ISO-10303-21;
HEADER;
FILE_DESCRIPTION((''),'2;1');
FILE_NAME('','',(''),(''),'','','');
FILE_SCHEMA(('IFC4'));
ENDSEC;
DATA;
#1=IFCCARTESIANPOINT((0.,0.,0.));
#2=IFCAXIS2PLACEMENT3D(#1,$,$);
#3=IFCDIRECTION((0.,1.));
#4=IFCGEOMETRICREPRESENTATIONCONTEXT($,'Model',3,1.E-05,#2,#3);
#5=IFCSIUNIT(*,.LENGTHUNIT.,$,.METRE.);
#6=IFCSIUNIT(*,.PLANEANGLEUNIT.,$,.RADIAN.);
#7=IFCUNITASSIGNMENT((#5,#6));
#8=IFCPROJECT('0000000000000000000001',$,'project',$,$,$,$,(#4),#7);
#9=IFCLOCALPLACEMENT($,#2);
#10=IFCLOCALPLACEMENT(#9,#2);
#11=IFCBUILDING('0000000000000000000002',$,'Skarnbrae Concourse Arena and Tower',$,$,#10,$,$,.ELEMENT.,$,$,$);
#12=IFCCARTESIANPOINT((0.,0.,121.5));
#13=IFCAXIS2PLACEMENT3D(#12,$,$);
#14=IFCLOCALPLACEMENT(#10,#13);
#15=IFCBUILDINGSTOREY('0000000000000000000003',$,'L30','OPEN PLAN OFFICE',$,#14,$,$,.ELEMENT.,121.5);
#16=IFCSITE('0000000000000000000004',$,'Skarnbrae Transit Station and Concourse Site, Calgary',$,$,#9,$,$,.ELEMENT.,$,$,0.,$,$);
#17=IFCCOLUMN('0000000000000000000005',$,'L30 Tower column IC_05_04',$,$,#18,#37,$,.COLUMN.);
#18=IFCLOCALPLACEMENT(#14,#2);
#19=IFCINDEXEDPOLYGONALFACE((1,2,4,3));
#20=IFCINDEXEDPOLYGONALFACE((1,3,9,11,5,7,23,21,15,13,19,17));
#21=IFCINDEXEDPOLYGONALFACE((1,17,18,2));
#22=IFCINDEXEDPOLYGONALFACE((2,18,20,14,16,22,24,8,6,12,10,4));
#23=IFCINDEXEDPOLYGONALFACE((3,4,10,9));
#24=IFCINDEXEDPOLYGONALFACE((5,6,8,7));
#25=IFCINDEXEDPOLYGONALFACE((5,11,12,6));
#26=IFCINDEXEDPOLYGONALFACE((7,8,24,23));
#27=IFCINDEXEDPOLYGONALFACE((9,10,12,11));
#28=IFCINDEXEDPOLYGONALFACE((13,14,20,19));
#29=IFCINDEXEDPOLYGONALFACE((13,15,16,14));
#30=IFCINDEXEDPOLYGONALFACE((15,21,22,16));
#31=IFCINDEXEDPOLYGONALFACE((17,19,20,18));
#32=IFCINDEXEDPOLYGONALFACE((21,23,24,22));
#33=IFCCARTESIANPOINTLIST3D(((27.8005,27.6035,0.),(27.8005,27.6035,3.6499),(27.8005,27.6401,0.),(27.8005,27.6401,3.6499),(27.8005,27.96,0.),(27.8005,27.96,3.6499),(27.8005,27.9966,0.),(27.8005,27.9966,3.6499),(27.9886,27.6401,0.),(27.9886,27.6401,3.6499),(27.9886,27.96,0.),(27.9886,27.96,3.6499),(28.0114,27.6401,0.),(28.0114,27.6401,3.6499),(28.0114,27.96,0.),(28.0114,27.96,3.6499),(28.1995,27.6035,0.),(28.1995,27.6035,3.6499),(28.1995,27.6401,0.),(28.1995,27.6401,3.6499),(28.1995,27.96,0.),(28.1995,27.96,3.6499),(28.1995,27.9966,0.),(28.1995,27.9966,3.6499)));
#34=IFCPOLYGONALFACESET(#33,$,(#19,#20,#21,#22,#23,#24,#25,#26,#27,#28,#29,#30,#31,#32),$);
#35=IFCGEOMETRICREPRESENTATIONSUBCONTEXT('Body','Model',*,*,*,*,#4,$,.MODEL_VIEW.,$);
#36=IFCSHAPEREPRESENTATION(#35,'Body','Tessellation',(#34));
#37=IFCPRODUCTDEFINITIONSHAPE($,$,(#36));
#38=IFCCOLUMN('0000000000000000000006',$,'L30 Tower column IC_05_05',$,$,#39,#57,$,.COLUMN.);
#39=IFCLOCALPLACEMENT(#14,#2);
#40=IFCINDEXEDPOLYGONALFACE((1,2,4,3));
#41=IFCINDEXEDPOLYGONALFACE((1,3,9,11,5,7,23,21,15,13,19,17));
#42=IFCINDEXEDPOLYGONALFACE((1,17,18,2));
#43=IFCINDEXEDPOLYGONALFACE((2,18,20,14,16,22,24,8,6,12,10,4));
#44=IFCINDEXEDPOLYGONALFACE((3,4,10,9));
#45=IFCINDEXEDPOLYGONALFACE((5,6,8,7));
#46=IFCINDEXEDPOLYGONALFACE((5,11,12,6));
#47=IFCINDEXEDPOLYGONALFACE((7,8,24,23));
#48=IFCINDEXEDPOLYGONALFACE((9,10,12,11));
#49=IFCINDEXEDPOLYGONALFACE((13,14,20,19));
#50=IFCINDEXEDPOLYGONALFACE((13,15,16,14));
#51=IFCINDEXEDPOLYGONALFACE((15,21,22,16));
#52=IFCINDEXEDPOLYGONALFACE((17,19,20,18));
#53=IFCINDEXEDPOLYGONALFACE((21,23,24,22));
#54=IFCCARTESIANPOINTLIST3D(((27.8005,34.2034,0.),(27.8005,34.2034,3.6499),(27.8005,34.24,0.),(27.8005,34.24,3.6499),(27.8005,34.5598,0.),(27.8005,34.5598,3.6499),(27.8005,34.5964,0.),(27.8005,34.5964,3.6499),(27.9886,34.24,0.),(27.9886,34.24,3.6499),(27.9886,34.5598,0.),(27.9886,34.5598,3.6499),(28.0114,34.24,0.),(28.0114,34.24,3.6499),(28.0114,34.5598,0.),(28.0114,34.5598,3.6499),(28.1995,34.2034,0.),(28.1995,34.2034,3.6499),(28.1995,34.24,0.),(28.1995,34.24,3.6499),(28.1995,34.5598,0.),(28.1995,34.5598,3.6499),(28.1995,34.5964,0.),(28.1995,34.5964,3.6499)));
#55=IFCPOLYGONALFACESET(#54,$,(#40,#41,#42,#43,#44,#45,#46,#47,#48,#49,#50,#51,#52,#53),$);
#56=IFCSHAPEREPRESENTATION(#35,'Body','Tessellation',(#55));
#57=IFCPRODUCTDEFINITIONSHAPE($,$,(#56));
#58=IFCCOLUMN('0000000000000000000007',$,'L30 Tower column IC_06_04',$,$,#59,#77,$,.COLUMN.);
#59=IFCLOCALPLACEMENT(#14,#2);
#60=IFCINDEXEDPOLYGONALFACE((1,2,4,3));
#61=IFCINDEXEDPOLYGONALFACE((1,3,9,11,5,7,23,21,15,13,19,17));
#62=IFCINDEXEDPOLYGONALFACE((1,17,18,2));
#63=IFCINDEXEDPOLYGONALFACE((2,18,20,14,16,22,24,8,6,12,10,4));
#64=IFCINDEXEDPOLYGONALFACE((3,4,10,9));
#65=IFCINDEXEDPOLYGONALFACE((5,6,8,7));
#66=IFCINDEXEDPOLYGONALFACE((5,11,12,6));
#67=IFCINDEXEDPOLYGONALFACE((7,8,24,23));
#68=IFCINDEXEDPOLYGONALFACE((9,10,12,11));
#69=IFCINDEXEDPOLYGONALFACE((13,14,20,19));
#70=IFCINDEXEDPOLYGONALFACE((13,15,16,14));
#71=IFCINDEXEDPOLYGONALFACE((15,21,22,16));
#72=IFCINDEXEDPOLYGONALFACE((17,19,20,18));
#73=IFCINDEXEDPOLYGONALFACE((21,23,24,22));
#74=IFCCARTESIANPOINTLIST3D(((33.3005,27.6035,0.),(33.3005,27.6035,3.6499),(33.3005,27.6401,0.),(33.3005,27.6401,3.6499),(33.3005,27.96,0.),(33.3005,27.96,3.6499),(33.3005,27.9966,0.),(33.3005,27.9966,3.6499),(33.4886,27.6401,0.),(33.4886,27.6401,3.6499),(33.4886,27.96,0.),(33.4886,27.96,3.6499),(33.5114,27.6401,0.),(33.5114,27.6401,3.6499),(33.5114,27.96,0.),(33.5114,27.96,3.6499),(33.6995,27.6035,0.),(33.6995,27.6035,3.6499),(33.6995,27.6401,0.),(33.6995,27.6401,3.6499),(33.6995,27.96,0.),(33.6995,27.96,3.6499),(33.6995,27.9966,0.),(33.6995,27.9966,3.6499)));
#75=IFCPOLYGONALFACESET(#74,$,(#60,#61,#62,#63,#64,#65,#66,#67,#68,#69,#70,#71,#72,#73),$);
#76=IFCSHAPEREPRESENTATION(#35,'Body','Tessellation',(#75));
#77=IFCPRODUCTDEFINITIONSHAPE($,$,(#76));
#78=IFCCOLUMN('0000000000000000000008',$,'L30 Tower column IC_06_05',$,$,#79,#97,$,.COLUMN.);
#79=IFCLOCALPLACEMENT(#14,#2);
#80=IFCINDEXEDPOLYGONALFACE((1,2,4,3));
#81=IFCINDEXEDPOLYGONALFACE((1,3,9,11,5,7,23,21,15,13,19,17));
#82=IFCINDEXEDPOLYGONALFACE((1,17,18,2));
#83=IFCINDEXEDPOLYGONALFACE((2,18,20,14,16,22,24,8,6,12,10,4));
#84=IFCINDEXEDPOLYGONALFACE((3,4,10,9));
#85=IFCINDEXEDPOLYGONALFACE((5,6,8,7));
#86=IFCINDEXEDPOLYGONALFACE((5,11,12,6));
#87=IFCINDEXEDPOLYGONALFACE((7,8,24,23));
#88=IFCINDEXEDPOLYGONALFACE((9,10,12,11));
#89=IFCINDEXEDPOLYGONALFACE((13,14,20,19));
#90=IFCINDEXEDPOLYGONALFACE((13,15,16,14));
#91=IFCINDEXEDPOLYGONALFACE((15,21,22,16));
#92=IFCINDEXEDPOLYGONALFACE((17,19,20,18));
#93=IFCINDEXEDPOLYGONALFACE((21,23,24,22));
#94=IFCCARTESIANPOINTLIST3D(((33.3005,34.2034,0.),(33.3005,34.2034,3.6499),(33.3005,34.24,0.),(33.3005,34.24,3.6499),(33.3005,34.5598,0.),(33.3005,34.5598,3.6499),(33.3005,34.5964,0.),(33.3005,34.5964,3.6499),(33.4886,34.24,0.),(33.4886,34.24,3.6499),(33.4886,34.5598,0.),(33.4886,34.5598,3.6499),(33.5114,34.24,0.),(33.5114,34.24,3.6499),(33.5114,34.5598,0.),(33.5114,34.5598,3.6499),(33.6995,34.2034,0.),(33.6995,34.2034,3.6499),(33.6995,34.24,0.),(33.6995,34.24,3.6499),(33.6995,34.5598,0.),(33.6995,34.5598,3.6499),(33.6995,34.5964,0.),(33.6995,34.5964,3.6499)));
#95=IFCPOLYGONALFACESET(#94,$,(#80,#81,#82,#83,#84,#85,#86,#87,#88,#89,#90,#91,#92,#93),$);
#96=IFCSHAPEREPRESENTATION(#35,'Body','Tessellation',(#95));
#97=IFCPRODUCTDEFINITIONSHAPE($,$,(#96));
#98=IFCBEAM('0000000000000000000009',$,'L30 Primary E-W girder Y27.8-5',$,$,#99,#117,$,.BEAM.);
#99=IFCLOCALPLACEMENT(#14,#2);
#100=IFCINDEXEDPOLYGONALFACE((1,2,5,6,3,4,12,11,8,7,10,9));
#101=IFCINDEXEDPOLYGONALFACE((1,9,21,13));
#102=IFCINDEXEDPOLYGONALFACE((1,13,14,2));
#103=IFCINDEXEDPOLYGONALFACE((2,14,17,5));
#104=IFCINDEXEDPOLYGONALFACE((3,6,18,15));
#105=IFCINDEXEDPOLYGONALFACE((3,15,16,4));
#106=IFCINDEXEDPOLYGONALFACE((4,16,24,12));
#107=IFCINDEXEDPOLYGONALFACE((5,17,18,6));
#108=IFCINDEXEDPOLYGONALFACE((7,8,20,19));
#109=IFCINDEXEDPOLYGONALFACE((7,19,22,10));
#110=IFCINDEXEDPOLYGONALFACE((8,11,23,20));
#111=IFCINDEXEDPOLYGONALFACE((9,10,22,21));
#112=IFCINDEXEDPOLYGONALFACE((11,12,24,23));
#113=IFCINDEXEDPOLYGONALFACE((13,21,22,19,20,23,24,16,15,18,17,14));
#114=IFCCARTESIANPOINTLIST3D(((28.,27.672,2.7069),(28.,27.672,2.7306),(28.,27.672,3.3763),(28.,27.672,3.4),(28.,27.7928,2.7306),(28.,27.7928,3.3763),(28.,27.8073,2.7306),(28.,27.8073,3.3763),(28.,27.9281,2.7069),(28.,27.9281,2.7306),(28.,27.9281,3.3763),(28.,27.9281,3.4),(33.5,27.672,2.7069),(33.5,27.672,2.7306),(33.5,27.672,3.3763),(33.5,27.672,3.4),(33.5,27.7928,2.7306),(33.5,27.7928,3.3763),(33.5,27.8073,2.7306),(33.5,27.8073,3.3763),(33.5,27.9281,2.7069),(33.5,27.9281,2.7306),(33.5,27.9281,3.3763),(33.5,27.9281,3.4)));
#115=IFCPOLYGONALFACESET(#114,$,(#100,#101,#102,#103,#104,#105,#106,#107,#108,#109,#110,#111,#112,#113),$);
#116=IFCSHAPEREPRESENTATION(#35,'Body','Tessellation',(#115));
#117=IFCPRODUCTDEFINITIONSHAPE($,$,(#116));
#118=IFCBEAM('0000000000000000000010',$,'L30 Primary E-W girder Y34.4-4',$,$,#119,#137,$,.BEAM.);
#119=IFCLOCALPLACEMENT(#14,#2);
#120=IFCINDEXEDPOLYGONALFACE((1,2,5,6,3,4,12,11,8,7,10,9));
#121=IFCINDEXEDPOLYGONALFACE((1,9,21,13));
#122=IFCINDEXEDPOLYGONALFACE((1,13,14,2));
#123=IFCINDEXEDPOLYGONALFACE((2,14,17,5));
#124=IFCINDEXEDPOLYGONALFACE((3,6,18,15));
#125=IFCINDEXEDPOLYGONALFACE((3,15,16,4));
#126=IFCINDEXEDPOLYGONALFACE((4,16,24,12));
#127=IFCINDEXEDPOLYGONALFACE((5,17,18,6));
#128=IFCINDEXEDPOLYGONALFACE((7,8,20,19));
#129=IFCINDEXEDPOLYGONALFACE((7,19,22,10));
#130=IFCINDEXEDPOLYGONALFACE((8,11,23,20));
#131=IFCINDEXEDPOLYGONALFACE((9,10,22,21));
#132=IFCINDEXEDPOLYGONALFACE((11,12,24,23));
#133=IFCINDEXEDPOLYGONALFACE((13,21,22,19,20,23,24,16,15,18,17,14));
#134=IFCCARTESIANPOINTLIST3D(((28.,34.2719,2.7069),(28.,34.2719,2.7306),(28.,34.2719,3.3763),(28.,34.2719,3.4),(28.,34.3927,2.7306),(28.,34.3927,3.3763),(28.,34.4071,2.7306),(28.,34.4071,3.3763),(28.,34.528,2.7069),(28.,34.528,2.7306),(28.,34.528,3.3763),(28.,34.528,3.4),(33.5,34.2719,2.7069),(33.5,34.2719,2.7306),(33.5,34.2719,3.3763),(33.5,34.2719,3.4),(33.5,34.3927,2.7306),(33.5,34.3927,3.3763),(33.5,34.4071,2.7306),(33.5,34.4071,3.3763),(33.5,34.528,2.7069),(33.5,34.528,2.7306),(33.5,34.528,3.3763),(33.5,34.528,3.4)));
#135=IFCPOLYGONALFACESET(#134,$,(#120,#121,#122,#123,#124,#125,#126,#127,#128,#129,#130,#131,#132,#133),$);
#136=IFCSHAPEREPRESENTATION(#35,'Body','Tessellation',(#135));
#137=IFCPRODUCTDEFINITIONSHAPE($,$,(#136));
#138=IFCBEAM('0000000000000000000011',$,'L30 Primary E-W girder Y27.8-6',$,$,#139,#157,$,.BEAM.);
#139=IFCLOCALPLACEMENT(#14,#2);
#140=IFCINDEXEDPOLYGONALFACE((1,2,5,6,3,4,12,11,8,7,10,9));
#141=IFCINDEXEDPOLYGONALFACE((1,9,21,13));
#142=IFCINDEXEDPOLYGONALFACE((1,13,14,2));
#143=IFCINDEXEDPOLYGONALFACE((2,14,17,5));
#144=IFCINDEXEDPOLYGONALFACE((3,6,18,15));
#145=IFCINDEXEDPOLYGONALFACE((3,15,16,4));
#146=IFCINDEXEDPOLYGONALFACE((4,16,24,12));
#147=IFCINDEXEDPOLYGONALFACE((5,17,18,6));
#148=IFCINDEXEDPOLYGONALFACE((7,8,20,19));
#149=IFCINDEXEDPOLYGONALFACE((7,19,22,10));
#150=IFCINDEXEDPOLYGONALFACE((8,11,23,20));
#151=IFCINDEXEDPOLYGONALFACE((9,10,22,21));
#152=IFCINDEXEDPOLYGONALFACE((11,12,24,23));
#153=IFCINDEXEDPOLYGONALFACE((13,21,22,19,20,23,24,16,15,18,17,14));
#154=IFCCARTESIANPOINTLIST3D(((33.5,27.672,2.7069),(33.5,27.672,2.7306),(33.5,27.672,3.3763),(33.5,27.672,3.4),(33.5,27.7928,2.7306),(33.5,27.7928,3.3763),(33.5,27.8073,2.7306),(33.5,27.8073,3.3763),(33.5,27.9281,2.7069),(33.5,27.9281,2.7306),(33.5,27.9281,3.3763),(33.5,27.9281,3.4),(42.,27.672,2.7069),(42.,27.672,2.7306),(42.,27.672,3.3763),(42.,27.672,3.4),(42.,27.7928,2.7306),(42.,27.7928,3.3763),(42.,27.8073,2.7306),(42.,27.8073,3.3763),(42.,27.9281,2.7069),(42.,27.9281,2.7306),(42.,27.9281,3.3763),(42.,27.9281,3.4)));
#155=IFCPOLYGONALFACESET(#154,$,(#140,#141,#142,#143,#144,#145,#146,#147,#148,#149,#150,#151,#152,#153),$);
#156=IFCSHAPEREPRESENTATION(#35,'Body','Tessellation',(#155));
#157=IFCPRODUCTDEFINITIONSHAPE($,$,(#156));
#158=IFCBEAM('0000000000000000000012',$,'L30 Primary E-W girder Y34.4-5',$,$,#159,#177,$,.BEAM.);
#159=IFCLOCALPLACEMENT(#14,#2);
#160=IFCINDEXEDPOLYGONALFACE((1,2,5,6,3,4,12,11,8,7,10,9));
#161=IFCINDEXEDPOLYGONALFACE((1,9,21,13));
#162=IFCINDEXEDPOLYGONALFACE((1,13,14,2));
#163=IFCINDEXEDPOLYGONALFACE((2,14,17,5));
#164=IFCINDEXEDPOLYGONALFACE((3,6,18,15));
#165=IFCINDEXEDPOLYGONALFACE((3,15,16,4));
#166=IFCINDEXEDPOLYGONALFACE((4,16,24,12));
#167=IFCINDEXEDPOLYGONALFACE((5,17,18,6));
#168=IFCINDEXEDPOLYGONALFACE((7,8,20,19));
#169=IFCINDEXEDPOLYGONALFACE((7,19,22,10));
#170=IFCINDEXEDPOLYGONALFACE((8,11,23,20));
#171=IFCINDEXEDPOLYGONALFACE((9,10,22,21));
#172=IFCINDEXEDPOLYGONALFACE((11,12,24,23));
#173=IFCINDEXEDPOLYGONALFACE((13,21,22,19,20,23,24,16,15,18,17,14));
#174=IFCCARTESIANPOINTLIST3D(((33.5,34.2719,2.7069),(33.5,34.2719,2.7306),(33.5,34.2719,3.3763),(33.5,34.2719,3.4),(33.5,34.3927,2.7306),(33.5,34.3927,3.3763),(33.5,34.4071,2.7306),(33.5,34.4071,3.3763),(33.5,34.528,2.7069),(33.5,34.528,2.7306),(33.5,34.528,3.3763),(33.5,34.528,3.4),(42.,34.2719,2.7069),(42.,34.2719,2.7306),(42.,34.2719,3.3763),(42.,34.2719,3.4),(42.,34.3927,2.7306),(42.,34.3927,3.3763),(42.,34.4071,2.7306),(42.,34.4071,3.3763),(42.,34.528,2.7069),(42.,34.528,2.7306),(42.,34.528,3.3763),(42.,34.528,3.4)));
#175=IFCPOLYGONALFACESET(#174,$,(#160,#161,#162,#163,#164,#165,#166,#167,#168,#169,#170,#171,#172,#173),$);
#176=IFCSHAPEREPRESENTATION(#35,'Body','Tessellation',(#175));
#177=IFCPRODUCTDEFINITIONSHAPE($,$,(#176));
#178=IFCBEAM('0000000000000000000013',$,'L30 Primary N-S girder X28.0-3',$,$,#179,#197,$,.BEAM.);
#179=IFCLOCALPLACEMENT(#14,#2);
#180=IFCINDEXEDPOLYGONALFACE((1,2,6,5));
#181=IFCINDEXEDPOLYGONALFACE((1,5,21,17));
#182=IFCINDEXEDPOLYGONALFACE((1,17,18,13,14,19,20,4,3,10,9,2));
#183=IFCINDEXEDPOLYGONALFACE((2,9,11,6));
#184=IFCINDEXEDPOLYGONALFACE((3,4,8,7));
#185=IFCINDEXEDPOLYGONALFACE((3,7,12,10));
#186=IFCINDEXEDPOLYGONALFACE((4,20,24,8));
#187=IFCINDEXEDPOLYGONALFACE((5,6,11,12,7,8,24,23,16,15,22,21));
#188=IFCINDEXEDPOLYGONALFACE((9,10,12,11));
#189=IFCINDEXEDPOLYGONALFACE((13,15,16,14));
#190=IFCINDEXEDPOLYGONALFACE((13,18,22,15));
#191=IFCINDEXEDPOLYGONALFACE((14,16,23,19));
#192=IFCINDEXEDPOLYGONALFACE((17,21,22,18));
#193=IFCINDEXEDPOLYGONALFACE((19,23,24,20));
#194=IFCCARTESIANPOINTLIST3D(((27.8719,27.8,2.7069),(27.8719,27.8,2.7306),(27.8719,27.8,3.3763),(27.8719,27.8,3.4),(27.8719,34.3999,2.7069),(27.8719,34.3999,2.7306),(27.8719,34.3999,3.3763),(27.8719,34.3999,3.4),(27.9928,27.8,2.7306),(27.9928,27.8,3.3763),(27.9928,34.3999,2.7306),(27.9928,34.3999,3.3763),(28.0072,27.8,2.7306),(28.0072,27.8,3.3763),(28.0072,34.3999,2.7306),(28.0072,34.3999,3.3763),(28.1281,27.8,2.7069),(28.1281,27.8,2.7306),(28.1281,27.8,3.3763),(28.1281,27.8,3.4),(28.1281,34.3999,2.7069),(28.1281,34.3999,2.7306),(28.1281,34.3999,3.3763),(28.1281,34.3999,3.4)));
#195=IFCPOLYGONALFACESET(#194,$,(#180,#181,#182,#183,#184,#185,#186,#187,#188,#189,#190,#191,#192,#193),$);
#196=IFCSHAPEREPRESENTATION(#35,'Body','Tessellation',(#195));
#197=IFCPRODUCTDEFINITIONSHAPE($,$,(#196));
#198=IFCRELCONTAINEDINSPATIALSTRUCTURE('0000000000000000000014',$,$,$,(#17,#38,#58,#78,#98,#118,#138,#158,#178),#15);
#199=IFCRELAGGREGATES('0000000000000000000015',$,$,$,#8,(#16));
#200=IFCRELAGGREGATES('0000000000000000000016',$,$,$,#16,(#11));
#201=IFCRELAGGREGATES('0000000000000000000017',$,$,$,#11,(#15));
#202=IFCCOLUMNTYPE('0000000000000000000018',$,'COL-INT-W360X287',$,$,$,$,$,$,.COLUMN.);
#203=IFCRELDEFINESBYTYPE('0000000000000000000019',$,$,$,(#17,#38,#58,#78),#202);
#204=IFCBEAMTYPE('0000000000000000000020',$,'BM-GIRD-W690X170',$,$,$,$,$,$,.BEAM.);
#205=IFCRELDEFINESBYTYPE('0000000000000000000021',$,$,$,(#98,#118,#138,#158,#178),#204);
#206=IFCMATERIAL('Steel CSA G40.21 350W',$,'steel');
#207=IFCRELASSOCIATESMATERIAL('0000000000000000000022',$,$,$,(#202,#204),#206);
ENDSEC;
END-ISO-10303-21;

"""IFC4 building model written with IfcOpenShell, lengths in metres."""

from ifc_helpers import new_model, si_unit, direction, frame, origin, origin_2d, place, context, subcontext, project, spatial, i_section, extrude, source, transform, mapped, material, material_profile, profile_set, type_object, element, save


model = new_model("IFC4")

# Units and contexts
model_context = context("Model", 3, precision=1e-05, world=origin(), true_north=direction((0.0, 1.0)))
body_context = subcontext(model_context, "Body", "Model", "MODEL_VIEW")
ifc_project = project(units=[si_unit("LENGTHUNIT", "METRE"), si_unit("PLANEANGLEUNIT", "RADIAN")], contexts=[model_context])

# Site, building, storey
site_placement = place(None, origin())
site = spatial("IfcSite", under=ifc_project, at=site_placement, Name="Skarnbrae Transit Station and Concourse Site, Calgary", CompositionType="ELEMENT", RefElevation=0.0)
building_placement = place(site_placement, origin())
building = spatial("IfcBuilding", under=site, at=building_placement, Name="Skarnbrae Concourse Arena and Tower", CompositionType="ELEMENT")
storey_placement = place(building_placement, frame((0.0, 0.0, 121.5)))
storey = spatial("IfcBuildingStorey", under=building, at=storey_placement, Name="L30", Description="OPEN PLAN OFFICE", CompositionType="ELEMENT", Elevation=121.5)

# Columns
ifc_material_1 = material(Name="Steel CSA G40.21 350W", Category="steel")
ifc_material_profile_1 = material_profile(ifc_material_1, i_section(OverallWidth=0.3989, OverallDepth=0.3931, WebThickness=0.0227, FlangeThickness=0.0366, at=origin_2d()), Name="W360X287")
ifc_profile_set_1 = profile_set([ifc_material_profile_1], Name="Steel CSA G40.21 350W")
column_type = type_object("IfcColumnType", Name="COL-INT-W360X287", PredefinedType="COLUMN", material=ifc_profile_set_1)
shared_shape_1 = source(origin(), body_context, "Body", "SweptSolid", [
    extrude(i_section(OverallWidth=0.3989, OverallDepth=0.3931, WebThickness=0.0227, FlangeThickness=0.0366, at=origin_2d()), origin(), (0.0, 0.0, 1.0), 3.6499),
])
for number, where, z_axis, x_axis, name in (
    (1, (28.0, 27.8, 0.0), (0.0, 0.0, 1.0), (1.0, 0.0, 0.0), "L30 Tower column IC_05_04"),
    (2, (28.0, 34.3999, 0.0), (0.0, 0.0, 1.0), (1.0, 0.0, 0.0), "L30 Tower column IC_05_05"),
    (3, (33.5, 27.8, 0.0), (0.0, 0.0, 1.0), (1.0, 0.0, 0.0), "L30 Tower column IC_06_04"),
    (4, (33.5, 34.3999, 0.0), (0.0, 0.0, 1.0), (1.0, 0.0, 0.0), "L30 Tower column IC_06_05"),
):
    element("IfcColumn", number, at=place(storey_placement, frame(where, z_axis=z_axis, x_axis=x_axis)), inside=storey, type_object=column_type, Name=name, PredefinedType="COLUMN", context=body_context, shape_type="MappedRepresentation", body=[
        mapped(shared_shape_1, transform((0.0, 0.0, 0.0))),
    ])

# Beams
ifc_material_profile_2 = material_profile(ifc_material_1, i_section(OverallWidth=0.2561, OverallDepth=0.6931, WebThickness=0.0144, FlangeThickness=0.0237, at=origin_2d()), Name="W690X170")
ifc_profile_set_2 = profile_set([ifc_material_profile_2], Name="Steel CSA G40.21 350W")
beam_type_1 = type_object("IfcBeamType", Name="BM-GIRD-W690X170", PredefinedType="BEAM", material=ifc_profile_set_2)
shared_shape_2 = source(origin(), body_context, "Body", "SweptSolid", [
    extrude(i_section(OverallWidth=0.2561, OverallDepth=0.6931, WebThickness=0.0144, FlangeThickness=0.0237, at=origin_2d()), origin(), (0.0, 0.0, 1.0), 5.5),
])
for number, where, z_axis, x_axis, name in (
    (5, (28.0, 27.8, 3.0535), (1.0, 0.0, 0.0), (0.0, 1.0, 0.0), "L30 Primary E-W girder Y27.8-5"),
    (6, (28.0, 34.3999, 3.0535), (1.0, 0.0, 0.0), (0.0, 1.0, 0.0), "L30 Primary E-W girder Y34.4-4"),
):
    element("IfcBeam", number, at=place(storey_placement, frame(where, z_axis=z_axis, x_axis=x_axis)), inside=storey, type_object=beam_type_1, Name=name, PredefinedType="BEAM", context=body_context, shape_type="MappedRepresentation", body=[
        mapped(shared_shape_2, transform((0.0, 0.0, 0.0))),
    ])
shared_shape_3 = source(origin(), body_context, "Body", "SweptSolid", [
    extrude(i_section(OverallWidth=0.2561, OverallDepth=0.6931, WebThickness=0.0144, FlangeThickness=0.0237, at=origin_2d()), origin(), (0.0, 0.0, 1.0), 8.5),
])
for number, where, z_axis, x_axis, name in (
    (7, (33.5, 27.8, 3.0535), (1.0, 0.0, 0.0), (0.0, 1.0, 0.0), "L30 Primary E-W girder Y27.8-6"),
    (8, (33.5, 34.3999, 3.0535), (1.0, 0.0, 0.0), (0.0, 1.0, 0.0), "L30 Primary E-W girder Y34.4-5"),
):
    element("IfcBeam", number, at=place(storey_placement, frame(where, z_axis=z_axis, x_axis=x_axis)), inside=storey, type_object=beam_type_1, Name=name, PredefinedType="BEAM", context=body_context, shape_type="MappedRepresentation", body=[
        mapped(shared_shape_3, transform((0.0, 0.0, 0.0))),
    ])
shared_shape_4 = source(origin(), body_context, "Body", "SweptSolid", [
    extrude(i_section(OverallWidth=0.2561, OverallDepth=0.6931, WebThickness=0.0144, FlangeThickness=0.0237, at=origin_2d()), origin(), (0.0, 0.0, 1.0), 6.5999),
])
for number, where, z_axis, x_axis, name in (
    (9, (28.0, 27.8, 3.0535), (0.0, 1.0, 0.0), (-1.0, 0.0, 0.0), "L30 Primary N-S girder X28.0-3"),
):
    element("IfcBeam", number, at=place(storey_placement, frame(where, z_axis=z_axis, x_axis=x_axis)), inside=storey, type_object=beam_type_1, Name=name, PredefinedType="BEAM", context=body_context, shape_type="MappedRepresentation", body=[
        mapped(shared_shape_4, transform((0.0, 0.0, 0.0))),
    ])

save(model, "model.ifc")
